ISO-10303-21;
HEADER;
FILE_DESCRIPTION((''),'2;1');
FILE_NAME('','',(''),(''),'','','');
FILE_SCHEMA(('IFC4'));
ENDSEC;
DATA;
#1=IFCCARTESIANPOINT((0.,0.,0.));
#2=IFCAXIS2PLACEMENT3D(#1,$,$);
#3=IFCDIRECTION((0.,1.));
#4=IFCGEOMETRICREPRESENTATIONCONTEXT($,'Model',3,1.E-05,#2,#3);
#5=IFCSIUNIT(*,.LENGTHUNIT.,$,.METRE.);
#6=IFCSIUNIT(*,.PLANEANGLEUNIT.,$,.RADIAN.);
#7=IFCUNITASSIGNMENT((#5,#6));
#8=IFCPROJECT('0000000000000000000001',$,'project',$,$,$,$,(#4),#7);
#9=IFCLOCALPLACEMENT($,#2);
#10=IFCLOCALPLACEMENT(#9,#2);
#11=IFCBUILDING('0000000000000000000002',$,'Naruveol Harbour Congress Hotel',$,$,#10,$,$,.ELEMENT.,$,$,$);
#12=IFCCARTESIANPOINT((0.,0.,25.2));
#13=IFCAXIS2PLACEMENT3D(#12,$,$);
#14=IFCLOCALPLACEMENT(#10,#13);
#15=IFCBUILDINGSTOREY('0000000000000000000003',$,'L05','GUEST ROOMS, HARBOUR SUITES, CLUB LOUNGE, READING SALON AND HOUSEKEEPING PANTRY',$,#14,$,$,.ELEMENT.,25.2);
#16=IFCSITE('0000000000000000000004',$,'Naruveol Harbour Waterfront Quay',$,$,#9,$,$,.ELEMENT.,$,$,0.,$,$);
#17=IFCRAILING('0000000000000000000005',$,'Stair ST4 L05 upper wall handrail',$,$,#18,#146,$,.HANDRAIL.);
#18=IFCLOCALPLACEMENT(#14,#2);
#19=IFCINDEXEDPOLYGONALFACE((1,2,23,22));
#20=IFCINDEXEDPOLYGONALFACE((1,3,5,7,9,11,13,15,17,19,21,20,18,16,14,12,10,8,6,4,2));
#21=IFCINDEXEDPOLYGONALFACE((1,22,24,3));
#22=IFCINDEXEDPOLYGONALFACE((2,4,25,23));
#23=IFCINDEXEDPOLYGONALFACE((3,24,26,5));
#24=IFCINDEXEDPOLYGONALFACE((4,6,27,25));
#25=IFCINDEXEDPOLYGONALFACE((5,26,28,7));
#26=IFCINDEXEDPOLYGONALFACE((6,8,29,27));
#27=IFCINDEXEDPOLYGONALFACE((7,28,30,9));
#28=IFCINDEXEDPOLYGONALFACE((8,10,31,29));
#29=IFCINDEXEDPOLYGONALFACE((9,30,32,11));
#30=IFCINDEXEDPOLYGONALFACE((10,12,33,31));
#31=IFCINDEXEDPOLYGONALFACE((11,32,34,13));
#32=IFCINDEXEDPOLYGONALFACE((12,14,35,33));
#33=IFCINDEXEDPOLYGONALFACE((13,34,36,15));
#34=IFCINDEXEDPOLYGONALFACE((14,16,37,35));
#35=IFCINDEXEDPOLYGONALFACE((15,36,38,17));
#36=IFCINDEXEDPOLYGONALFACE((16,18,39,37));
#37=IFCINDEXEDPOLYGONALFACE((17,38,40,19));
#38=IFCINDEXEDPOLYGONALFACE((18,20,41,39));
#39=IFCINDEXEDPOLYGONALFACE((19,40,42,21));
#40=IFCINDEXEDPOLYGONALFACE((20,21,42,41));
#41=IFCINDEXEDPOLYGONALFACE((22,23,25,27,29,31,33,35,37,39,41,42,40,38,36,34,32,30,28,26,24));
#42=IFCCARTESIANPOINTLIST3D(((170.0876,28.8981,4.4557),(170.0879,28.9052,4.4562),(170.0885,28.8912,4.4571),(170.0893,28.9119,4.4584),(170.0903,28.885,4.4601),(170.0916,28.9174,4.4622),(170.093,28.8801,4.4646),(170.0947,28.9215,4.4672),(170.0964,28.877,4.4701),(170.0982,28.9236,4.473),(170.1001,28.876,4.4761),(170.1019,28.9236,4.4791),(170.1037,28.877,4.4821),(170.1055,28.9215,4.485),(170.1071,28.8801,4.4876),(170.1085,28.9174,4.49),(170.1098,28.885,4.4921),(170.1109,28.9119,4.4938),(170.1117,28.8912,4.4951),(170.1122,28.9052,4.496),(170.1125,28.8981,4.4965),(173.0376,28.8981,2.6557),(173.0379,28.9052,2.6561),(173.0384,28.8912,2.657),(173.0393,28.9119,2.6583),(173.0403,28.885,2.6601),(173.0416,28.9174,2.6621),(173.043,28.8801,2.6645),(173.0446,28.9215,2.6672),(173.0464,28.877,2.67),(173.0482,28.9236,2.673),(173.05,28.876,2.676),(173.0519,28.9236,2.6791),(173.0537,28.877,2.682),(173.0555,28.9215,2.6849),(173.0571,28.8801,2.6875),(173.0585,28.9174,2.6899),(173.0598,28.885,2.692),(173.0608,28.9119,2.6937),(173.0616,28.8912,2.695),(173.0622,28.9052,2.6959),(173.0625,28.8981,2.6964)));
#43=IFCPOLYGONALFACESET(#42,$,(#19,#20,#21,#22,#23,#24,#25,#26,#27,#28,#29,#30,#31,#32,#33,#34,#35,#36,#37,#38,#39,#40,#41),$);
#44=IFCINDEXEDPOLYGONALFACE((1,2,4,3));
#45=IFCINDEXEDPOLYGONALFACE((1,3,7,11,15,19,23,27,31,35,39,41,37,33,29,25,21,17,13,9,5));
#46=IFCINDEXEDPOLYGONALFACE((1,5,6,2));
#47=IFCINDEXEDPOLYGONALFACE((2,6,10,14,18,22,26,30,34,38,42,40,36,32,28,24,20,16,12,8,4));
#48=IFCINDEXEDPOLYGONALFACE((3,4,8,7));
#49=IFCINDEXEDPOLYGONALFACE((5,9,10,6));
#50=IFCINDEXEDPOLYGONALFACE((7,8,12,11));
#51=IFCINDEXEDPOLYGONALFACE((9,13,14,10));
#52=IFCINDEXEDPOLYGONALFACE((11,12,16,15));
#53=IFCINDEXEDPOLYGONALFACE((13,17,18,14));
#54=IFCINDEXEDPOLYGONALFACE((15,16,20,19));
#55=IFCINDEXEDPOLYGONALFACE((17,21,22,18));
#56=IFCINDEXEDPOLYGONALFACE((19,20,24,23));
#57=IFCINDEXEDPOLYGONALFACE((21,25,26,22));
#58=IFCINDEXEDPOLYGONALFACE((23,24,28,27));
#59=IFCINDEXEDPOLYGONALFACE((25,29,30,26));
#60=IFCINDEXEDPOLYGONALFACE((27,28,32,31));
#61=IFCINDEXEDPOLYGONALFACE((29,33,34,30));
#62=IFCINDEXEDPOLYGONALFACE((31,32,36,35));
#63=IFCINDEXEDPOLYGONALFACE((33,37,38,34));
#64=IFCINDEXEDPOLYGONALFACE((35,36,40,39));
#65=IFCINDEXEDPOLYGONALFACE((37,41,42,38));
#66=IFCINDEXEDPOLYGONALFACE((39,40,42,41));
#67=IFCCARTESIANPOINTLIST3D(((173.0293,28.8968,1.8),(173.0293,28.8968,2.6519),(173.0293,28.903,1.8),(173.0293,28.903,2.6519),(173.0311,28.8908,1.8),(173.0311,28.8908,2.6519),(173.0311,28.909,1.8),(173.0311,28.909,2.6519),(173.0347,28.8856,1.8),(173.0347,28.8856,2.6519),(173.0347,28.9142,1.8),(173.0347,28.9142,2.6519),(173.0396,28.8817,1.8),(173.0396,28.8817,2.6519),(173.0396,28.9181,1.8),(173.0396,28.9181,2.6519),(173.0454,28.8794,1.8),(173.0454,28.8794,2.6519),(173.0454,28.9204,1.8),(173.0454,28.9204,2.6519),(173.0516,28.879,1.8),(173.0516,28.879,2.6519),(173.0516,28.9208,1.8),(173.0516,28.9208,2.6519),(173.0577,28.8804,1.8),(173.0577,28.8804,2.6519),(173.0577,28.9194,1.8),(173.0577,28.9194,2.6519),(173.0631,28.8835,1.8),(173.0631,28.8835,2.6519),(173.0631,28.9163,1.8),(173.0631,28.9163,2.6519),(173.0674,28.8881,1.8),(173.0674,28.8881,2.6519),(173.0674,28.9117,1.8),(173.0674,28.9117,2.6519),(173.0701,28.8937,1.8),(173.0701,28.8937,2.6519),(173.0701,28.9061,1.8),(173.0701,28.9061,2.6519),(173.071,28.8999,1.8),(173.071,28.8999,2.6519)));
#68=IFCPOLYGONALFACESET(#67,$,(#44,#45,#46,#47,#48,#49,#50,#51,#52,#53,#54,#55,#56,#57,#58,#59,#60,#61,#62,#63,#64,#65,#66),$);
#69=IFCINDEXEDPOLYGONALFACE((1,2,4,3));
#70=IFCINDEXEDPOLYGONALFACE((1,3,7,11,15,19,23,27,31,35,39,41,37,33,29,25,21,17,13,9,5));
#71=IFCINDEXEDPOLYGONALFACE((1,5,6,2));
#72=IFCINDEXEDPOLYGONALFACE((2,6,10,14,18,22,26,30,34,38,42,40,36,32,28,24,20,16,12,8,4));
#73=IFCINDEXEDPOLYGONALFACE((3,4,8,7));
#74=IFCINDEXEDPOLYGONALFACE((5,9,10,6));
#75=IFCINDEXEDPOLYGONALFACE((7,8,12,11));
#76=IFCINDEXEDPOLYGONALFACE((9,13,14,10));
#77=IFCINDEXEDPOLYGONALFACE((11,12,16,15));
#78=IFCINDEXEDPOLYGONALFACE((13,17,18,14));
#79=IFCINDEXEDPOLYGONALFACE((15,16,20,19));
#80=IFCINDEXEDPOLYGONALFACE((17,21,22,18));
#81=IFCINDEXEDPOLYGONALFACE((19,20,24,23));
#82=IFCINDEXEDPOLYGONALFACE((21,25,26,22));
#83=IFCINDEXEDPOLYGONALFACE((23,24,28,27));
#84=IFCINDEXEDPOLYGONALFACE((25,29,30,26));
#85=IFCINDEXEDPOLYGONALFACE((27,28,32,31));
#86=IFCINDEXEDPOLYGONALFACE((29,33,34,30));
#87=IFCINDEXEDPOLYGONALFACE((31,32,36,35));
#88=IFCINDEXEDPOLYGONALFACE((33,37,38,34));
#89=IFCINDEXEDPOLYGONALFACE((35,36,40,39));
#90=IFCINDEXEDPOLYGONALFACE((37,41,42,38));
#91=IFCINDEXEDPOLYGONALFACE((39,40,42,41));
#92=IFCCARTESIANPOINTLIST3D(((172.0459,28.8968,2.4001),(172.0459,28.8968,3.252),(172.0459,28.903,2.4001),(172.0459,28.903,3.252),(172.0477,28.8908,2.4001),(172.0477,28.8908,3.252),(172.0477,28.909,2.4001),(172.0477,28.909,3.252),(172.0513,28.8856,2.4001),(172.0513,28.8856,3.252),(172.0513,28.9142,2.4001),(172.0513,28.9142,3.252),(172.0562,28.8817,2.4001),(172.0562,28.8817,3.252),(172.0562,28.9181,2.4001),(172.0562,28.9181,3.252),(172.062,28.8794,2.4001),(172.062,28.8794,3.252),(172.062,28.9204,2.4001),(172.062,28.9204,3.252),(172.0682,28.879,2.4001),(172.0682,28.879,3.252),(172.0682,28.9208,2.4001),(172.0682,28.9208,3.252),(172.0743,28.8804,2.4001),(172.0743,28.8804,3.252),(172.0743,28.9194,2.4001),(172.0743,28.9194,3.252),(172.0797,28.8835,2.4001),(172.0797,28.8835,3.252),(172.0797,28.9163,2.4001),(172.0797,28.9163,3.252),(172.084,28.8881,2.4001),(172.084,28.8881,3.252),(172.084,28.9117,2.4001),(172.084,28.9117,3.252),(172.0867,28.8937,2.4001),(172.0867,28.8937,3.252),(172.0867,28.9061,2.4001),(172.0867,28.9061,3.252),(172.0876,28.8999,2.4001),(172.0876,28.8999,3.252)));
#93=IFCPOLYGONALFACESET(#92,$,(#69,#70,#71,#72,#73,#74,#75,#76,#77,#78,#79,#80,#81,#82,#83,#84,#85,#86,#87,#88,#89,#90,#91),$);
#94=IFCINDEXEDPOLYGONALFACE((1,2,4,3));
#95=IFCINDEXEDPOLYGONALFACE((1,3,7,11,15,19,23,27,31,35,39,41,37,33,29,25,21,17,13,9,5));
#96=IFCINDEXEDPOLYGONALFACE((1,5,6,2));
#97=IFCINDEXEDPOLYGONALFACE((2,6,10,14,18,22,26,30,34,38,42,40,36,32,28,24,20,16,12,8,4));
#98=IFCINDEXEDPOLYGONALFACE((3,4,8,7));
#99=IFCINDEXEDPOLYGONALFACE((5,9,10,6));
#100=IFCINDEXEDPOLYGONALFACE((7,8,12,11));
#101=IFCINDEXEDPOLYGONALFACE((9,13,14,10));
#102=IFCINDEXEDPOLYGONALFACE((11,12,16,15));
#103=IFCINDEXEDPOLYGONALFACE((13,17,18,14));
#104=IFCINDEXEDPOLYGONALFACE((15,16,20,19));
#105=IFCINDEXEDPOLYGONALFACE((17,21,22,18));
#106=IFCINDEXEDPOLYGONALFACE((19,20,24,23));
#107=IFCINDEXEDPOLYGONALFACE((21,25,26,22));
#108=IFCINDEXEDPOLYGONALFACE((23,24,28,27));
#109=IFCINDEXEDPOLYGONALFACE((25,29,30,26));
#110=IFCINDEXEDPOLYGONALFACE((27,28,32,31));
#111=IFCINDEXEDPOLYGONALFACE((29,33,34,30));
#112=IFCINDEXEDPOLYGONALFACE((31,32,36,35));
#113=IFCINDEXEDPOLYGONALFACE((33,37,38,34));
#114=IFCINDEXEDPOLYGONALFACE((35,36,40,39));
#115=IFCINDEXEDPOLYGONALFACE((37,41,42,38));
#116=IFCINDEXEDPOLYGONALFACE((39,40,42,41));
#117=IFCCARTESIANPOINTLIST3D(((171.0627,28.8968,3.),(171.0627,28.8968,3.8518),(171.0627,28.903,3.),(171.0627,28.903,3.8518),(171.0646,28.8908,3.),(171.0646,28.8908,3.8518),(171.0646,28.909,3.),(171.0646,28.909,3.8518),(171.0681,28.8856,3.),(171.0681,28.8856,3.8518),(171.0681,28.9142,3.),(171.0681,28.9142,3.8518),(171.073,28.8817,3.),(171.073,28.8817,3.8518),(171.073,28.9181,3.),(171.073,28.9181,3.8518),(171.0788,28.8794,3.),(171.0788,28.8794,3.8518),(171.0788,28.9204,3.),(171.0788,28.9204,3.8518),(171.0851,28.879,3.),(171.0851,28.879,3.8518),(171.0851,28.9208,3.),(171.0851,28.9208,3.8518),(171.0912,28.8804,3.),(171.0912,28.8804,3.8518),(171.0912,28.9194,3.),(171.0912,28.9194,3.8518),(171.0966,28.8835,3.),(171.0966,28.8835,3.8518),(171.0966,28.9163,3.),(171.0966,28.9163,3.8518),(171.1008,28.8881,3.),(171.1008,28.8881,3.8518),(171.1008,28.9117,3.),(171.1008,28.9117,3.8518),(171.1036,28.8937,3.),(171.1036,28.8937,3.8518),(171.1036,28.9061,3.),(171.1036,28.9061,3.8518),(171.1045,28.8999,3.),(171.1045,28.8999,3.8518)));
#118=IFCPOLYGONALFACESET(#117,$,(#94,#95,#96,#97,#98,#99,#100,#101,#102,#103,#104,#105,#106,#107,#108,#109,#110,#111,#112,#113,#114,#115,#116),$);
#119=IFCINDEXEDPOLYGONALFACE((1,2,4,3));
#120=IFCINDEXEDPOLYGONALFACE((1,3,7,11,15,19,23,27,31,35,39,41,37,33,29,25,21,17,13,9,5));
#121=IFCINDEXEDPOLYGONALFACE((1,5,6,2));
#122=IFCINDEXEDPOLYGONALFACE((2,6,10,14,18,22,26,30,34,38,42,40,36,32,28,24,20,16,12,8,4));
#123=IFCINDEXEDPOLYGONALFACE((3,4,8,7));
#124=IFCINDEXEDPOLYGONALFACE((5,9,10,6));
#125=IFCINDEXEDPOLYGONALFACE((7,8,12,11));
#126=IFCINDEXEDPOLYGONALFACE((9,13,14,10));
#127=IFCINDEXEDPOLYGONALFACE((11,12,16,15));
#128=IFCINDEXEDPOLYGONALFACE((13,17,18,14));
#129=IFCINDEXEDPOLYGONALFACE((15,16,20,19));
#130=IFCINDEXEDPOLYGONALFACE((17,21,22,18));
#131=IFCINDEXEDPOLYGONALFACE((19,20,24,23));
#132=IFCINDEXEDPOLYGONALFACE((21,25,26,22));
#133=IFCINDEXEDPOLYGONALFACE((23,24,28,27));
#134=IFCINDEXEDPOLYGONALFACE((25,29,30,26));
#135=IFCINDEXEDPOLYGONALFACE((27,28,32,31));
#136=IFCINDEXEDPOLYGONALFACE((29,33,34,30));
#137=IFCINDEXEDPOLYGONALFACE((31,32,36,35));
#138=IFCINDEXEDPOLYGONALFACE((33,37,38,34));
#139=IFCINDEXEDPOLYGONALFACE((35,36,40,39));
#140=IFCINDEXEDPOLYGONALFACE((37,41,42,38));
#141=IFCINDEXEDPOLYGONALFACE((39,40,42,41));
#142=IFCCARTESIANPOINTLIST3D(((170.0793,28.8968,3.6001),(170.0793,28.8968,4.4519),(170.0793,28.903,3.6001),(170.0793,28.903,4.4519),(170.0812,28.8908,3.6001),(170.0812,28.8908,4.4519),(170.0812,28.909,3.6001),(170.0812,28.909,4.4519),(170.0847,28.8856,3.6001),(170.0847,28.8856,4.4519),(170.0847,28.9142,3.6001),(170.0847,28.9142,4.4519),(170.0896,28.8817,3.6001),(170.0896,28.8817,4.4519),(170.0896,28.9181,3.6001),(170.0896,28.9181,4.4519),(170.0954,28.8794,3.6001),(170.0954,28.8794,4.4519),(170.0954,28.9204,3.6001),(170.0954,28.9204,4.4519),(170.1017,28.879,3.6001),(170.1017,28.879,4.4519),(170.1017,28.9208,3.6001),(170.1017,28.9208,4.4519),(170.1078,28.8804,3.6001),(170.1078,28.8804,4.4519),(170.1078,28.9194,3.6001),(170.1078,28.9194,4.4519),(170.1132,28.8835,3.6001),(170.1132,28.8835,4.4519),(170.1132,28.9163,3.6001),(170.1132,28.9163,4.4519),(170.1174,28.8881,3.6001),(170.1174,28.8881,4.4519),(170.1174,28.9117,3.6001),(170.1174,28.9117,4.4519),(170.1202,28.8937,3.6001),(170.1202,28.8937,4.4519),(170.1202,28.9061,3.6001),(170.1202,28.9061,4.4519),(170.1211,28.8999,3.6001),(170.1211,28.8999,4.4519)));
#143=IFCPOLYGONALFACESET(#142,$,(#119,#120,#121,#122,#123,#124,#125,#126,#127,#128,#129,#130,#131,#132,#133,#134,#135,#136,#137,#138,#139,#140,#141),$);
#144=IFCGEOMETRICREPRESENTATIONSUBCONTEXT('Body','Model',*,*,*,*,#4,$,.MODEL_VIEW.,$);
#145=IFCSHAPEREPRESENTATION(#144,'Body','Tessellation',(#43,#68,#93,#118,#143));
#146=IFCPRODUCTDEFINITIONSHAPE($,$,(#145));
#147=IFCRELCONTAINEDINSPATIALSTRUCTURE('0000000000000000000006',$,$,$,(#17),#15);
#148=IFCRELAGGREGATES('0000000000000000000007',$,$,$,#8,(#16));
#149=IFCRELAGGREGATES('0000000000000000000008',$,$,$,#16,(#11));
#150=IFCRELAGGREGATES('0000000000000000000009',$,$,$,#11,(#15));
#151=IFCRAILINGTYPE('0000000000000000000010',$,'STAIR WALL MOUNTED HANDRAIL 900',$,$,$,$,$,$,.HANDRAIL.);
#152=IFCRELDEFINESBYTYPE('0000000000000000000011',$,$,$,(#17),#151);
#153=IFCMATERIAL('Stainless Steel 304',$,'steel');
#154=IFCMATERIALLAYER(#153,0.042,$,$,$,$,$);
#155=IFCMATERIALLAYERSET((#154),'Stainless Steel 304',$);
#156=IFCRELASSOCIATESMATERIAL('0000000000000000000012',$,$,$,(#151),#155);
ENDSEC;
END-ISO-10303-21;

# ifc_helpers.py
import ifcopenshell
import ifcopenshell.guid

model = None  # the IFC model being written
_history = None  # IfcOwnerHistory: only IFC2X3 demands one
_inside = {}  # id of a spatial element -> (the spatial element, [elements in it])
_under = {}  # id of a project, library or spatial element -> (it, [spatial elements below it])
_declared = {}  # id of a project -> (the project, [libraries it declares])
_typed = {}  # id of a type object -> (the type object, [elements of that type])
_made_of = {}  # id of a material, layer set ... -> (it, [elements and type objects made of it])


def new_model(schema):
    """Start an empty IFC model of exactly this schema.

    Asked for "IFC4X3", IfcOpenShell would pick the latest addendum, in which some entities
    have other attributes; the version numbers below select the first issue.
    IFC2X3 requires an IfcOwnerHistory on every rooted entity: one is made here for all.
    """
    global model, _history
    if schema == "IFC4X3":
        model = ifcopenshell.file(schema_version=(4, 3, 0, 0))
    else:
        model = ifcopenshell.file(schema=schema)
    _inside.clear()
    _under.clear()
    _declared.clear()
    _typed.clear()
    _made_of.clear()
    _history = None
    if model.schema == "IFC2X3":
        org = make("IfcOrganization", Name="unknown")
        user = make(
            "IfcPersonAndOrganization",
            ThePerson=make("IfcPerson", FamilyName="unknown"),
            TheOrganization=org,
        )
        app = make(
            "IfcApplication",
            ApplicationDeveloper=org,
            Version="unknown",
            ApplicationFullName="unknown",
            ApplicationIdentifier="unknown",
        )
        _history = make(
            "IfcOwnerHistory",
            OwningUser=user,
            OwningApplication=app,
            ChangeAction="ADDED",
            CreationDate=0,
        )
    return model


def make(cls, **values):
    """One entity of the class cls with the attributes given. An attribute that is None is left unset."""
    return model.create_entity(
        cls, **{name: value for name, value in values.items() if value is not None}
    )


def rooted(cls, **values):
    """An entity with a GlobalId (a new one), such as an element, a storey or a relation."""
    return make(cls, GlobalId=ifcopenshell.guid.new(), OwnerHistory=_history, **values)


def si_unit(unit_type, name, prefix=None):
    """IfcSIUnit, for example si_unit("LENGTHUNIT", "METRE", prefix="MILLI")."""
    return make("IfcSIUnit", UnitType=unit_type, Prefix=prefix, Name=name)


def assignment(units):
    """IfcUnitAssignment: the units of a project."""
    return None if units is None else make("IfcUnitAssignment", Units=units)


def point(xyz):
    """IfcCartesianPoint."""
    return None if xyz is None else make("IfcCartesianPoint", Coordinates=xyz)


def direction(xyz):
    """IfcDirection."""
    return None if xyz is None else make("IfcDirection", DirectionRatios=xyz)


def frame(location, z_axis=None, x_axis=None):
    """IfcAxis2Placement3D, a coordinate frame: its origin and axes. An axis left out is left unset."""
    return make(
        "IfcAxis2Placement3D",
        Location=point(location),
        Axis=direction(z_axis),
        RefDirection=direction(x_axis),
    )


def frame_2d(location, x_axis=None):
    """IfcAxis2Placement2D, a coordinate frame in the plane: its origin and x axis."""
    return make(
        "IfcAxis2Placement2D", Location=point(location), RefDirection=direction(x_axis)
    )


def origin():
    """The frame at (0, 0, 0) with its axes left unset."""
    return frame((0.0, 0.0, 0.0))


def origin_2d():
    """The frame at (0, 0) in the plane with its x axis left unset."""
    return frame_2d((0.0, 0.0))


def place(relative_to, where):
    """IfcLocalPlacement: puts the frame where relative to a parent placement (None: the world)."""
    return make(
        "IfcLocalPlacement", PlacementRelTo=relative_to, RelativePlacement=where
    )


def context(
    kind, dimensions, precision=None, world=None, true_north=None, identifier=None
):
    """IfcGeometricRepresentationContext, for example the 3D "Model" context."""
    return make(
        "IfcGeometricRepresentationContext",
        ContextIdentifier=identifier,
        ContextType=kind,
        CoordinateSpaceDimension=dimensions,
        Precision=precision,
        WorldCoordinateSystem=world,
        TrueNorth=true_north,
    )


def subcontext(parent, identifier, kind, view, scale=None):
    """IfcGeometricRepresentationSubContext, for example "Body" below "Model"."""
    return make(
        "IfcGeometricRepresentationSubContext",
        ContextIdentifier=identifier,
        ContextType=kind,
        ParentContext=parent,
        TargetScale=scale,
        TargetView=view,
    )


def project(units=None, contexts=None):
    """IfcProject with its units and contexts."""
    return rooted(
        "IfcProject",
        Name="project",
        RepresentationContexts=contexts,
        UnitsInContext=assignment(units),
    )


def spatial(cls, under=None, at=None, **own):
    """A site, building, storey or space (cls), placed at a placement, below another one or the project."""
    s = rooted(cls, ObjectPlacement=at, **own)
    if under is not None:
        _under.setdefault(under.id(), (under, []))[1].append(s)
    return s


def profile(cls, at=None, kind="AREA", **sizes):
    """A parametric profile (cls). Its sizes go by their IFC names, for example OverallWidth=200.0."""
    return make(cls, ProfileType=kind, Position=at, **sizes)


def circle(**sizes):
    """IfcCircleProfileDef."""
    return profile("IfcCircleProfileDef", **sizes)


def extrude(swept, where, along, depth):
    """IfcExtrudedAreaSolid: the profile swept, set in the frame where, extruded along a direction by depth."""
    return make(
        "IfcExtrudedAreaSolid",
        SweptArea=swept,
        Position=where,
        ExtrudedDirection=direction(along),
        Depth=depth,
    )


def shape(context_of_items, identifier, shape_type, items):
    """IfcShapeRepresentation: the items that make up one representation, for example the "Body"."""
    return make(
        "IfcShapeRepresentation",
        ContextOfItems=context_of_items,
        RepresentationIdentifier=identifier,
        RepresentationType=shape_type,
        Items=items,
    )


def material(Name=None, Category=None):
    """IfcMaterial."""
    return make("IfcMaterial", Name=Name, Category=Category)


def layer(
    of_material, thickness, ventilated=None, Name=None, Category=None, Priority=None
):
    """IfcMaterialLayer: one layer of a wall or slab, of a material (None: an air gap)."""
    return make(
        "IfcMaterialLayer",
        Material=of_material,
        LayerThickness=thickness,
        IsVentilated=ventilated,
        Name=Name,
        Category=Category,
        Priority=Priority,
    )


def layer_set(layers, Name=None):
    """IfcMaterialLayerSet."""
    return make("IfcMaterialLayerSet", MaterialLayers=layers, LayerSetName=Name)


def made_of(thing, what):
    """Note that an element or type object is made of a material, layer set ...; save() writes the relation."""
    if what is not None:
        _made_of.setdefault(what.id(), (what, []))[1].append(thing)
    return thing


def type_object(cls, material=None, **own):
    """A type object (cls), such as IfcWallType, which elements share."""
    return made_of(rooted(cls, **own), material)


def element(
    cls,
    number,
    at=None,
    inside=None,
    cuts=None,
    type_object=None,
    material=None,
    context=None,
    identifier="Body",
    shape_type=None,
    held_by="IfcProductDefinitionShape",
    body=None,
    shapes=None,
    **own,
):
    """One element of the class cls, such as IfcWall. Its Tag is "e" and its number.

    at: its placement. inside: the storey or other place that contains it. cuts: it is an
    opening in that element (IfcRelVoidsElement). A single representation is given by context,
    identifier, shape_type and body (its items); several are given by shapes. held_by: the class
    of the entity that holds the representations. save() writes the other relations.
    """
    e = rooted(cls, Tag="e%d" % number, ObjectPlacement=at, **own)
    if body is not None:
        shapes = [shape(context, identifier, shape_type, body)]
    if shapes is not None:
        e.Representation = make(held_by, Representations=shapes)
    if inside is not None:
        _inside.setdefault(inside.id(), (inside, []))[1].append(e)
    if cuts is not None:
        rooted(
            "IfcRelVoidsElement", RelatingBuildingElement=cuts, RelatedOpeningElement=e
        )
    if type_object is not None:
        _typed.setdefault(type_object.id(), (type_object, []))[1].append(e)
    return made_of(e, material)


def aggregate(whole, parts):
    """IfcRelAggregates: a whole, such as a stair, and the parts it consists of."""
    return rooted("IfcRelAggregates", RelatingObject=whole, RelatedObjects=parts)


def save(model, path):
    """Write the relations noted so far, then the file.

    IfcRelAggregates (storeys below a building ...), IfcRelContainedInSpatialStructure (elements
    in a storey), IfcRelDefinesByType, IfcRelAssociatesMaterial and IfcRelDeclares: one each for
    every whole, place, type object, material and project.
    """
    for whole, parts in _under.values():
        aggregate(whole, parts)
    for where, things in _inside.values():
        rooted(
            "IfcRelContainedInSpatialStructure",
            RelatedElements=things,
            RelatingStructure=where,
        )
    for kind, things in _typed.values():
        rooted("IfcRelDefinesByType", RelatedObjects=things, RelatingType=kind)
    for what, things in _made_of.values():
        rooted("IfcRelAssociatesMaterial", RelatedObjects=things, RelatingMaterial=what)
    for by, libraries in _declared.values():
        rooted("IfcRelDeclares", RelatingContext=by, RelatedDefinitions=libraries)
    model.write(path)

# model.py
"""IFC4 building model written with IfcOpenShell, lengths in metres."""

from ifc_helpers import new_model, si_unit, direction, frame, origin, origin_2d, place, context, subcontext, project, spatial, circle, extrude, material, layer, layer_set, type_object, element, save


model = new_model("IFC4")

# Units and contexts
model_context = context("Model", 3, precision=1e-05, world=origin(), true_north=direction((0.0, 1.0)))
body_context = subcontext(model_context, "Body", "Model", "MODEL_VIEW")
ifc_project = project(units=[si_unit("LENGTHUNIT", "METRE"), si_unit("PLANEANGLEUNIT", "RADIAN")], contexts=[model_context])

# Site, building, storey
site_placement = place(None, origin())
site = spatial("IfcSite", under=ifc_project, at=site_placement, Name="Naruveol Harbour Waterfront Quay", CompositionType="ELEMENT", RefElevation=0.0)
building_placement = place(site_placement, origin())
building = spatial("IfcBuilding", under=site, at=building_placement, Name="Naruveol Harbour Congress Hotel", CompositionType="ELEMENT")
storey_placement = place(building_placement, frame((0.0, 0.0, 25.2)))
storey = spatial("IfcBuildingStorey", under=building, at=storey_placement, Name="L05", Description="GUEST ROOMS, HARBOUR SUITES, CLUB LOUNGE, READING SALON AND HOUSEKEEPING PANTRY", CompositionType="ELEMENT", Elevation=25.2)

# Railing
ifc_material_1 = material(Name="Stainless Steel 304", Category="steel")
ifc_layer_1 = layer(ifc_material_1, 0.042)
ifc_layer_set_1 = layer_set([ifc_layer_1], Name="Stainless Steel 304")
railing_type = type_object("IfcRailingType", Name="STAIR WALL MOUNTED HANDRAIL 900", PredefinedType="HANDRAIL", material=ifc_layer_set_1)
railing_placement = place(storey_placement, frame((173.05, 28.8999, 1.8)))
element("IfcRailing", 1, at=railing_placement, inside=storey, type_object=railing_type, Name="Stair ST4 L05 upper wall handrail", PredefinedType="HANDRAIL", context=body_context, shape_type="SweptSolid", body=[
    extrude(circle(Radius=0.0239, at=origin_2d()), frame((0.0, 0.0, 0.876), z_axis=(-0.853629, 0.0, 0.520881), x_axis=(0.0, -1.0, 0.0)), (0.0, 0.0, 1.0), 3.4558),
    extrude(circle(Radius=0.021, at=origin_2d()), origin(), (0.0, 0.0, 1.0), 0.8518),
    extrude(circle(Radius=0.021, at=origin_2d()), frame((-0.9834, 0.0, 0.6001)), (0.0, 0.0, 1.0), 0.8518),
    extrude(circle(Radius=0.021, at=origin_2d()), frame((-1.9666, 0.0, 1.2)), (0.0, 0.0, 1.0), 0.8518),
    extrude(circle(Radius=0.021, at=origin_2d()), frame((-2.95, 0.0, 1.8)), (0.0, 0.0, 1.0), 0.8518),
])

save(model, "model.ifc")
